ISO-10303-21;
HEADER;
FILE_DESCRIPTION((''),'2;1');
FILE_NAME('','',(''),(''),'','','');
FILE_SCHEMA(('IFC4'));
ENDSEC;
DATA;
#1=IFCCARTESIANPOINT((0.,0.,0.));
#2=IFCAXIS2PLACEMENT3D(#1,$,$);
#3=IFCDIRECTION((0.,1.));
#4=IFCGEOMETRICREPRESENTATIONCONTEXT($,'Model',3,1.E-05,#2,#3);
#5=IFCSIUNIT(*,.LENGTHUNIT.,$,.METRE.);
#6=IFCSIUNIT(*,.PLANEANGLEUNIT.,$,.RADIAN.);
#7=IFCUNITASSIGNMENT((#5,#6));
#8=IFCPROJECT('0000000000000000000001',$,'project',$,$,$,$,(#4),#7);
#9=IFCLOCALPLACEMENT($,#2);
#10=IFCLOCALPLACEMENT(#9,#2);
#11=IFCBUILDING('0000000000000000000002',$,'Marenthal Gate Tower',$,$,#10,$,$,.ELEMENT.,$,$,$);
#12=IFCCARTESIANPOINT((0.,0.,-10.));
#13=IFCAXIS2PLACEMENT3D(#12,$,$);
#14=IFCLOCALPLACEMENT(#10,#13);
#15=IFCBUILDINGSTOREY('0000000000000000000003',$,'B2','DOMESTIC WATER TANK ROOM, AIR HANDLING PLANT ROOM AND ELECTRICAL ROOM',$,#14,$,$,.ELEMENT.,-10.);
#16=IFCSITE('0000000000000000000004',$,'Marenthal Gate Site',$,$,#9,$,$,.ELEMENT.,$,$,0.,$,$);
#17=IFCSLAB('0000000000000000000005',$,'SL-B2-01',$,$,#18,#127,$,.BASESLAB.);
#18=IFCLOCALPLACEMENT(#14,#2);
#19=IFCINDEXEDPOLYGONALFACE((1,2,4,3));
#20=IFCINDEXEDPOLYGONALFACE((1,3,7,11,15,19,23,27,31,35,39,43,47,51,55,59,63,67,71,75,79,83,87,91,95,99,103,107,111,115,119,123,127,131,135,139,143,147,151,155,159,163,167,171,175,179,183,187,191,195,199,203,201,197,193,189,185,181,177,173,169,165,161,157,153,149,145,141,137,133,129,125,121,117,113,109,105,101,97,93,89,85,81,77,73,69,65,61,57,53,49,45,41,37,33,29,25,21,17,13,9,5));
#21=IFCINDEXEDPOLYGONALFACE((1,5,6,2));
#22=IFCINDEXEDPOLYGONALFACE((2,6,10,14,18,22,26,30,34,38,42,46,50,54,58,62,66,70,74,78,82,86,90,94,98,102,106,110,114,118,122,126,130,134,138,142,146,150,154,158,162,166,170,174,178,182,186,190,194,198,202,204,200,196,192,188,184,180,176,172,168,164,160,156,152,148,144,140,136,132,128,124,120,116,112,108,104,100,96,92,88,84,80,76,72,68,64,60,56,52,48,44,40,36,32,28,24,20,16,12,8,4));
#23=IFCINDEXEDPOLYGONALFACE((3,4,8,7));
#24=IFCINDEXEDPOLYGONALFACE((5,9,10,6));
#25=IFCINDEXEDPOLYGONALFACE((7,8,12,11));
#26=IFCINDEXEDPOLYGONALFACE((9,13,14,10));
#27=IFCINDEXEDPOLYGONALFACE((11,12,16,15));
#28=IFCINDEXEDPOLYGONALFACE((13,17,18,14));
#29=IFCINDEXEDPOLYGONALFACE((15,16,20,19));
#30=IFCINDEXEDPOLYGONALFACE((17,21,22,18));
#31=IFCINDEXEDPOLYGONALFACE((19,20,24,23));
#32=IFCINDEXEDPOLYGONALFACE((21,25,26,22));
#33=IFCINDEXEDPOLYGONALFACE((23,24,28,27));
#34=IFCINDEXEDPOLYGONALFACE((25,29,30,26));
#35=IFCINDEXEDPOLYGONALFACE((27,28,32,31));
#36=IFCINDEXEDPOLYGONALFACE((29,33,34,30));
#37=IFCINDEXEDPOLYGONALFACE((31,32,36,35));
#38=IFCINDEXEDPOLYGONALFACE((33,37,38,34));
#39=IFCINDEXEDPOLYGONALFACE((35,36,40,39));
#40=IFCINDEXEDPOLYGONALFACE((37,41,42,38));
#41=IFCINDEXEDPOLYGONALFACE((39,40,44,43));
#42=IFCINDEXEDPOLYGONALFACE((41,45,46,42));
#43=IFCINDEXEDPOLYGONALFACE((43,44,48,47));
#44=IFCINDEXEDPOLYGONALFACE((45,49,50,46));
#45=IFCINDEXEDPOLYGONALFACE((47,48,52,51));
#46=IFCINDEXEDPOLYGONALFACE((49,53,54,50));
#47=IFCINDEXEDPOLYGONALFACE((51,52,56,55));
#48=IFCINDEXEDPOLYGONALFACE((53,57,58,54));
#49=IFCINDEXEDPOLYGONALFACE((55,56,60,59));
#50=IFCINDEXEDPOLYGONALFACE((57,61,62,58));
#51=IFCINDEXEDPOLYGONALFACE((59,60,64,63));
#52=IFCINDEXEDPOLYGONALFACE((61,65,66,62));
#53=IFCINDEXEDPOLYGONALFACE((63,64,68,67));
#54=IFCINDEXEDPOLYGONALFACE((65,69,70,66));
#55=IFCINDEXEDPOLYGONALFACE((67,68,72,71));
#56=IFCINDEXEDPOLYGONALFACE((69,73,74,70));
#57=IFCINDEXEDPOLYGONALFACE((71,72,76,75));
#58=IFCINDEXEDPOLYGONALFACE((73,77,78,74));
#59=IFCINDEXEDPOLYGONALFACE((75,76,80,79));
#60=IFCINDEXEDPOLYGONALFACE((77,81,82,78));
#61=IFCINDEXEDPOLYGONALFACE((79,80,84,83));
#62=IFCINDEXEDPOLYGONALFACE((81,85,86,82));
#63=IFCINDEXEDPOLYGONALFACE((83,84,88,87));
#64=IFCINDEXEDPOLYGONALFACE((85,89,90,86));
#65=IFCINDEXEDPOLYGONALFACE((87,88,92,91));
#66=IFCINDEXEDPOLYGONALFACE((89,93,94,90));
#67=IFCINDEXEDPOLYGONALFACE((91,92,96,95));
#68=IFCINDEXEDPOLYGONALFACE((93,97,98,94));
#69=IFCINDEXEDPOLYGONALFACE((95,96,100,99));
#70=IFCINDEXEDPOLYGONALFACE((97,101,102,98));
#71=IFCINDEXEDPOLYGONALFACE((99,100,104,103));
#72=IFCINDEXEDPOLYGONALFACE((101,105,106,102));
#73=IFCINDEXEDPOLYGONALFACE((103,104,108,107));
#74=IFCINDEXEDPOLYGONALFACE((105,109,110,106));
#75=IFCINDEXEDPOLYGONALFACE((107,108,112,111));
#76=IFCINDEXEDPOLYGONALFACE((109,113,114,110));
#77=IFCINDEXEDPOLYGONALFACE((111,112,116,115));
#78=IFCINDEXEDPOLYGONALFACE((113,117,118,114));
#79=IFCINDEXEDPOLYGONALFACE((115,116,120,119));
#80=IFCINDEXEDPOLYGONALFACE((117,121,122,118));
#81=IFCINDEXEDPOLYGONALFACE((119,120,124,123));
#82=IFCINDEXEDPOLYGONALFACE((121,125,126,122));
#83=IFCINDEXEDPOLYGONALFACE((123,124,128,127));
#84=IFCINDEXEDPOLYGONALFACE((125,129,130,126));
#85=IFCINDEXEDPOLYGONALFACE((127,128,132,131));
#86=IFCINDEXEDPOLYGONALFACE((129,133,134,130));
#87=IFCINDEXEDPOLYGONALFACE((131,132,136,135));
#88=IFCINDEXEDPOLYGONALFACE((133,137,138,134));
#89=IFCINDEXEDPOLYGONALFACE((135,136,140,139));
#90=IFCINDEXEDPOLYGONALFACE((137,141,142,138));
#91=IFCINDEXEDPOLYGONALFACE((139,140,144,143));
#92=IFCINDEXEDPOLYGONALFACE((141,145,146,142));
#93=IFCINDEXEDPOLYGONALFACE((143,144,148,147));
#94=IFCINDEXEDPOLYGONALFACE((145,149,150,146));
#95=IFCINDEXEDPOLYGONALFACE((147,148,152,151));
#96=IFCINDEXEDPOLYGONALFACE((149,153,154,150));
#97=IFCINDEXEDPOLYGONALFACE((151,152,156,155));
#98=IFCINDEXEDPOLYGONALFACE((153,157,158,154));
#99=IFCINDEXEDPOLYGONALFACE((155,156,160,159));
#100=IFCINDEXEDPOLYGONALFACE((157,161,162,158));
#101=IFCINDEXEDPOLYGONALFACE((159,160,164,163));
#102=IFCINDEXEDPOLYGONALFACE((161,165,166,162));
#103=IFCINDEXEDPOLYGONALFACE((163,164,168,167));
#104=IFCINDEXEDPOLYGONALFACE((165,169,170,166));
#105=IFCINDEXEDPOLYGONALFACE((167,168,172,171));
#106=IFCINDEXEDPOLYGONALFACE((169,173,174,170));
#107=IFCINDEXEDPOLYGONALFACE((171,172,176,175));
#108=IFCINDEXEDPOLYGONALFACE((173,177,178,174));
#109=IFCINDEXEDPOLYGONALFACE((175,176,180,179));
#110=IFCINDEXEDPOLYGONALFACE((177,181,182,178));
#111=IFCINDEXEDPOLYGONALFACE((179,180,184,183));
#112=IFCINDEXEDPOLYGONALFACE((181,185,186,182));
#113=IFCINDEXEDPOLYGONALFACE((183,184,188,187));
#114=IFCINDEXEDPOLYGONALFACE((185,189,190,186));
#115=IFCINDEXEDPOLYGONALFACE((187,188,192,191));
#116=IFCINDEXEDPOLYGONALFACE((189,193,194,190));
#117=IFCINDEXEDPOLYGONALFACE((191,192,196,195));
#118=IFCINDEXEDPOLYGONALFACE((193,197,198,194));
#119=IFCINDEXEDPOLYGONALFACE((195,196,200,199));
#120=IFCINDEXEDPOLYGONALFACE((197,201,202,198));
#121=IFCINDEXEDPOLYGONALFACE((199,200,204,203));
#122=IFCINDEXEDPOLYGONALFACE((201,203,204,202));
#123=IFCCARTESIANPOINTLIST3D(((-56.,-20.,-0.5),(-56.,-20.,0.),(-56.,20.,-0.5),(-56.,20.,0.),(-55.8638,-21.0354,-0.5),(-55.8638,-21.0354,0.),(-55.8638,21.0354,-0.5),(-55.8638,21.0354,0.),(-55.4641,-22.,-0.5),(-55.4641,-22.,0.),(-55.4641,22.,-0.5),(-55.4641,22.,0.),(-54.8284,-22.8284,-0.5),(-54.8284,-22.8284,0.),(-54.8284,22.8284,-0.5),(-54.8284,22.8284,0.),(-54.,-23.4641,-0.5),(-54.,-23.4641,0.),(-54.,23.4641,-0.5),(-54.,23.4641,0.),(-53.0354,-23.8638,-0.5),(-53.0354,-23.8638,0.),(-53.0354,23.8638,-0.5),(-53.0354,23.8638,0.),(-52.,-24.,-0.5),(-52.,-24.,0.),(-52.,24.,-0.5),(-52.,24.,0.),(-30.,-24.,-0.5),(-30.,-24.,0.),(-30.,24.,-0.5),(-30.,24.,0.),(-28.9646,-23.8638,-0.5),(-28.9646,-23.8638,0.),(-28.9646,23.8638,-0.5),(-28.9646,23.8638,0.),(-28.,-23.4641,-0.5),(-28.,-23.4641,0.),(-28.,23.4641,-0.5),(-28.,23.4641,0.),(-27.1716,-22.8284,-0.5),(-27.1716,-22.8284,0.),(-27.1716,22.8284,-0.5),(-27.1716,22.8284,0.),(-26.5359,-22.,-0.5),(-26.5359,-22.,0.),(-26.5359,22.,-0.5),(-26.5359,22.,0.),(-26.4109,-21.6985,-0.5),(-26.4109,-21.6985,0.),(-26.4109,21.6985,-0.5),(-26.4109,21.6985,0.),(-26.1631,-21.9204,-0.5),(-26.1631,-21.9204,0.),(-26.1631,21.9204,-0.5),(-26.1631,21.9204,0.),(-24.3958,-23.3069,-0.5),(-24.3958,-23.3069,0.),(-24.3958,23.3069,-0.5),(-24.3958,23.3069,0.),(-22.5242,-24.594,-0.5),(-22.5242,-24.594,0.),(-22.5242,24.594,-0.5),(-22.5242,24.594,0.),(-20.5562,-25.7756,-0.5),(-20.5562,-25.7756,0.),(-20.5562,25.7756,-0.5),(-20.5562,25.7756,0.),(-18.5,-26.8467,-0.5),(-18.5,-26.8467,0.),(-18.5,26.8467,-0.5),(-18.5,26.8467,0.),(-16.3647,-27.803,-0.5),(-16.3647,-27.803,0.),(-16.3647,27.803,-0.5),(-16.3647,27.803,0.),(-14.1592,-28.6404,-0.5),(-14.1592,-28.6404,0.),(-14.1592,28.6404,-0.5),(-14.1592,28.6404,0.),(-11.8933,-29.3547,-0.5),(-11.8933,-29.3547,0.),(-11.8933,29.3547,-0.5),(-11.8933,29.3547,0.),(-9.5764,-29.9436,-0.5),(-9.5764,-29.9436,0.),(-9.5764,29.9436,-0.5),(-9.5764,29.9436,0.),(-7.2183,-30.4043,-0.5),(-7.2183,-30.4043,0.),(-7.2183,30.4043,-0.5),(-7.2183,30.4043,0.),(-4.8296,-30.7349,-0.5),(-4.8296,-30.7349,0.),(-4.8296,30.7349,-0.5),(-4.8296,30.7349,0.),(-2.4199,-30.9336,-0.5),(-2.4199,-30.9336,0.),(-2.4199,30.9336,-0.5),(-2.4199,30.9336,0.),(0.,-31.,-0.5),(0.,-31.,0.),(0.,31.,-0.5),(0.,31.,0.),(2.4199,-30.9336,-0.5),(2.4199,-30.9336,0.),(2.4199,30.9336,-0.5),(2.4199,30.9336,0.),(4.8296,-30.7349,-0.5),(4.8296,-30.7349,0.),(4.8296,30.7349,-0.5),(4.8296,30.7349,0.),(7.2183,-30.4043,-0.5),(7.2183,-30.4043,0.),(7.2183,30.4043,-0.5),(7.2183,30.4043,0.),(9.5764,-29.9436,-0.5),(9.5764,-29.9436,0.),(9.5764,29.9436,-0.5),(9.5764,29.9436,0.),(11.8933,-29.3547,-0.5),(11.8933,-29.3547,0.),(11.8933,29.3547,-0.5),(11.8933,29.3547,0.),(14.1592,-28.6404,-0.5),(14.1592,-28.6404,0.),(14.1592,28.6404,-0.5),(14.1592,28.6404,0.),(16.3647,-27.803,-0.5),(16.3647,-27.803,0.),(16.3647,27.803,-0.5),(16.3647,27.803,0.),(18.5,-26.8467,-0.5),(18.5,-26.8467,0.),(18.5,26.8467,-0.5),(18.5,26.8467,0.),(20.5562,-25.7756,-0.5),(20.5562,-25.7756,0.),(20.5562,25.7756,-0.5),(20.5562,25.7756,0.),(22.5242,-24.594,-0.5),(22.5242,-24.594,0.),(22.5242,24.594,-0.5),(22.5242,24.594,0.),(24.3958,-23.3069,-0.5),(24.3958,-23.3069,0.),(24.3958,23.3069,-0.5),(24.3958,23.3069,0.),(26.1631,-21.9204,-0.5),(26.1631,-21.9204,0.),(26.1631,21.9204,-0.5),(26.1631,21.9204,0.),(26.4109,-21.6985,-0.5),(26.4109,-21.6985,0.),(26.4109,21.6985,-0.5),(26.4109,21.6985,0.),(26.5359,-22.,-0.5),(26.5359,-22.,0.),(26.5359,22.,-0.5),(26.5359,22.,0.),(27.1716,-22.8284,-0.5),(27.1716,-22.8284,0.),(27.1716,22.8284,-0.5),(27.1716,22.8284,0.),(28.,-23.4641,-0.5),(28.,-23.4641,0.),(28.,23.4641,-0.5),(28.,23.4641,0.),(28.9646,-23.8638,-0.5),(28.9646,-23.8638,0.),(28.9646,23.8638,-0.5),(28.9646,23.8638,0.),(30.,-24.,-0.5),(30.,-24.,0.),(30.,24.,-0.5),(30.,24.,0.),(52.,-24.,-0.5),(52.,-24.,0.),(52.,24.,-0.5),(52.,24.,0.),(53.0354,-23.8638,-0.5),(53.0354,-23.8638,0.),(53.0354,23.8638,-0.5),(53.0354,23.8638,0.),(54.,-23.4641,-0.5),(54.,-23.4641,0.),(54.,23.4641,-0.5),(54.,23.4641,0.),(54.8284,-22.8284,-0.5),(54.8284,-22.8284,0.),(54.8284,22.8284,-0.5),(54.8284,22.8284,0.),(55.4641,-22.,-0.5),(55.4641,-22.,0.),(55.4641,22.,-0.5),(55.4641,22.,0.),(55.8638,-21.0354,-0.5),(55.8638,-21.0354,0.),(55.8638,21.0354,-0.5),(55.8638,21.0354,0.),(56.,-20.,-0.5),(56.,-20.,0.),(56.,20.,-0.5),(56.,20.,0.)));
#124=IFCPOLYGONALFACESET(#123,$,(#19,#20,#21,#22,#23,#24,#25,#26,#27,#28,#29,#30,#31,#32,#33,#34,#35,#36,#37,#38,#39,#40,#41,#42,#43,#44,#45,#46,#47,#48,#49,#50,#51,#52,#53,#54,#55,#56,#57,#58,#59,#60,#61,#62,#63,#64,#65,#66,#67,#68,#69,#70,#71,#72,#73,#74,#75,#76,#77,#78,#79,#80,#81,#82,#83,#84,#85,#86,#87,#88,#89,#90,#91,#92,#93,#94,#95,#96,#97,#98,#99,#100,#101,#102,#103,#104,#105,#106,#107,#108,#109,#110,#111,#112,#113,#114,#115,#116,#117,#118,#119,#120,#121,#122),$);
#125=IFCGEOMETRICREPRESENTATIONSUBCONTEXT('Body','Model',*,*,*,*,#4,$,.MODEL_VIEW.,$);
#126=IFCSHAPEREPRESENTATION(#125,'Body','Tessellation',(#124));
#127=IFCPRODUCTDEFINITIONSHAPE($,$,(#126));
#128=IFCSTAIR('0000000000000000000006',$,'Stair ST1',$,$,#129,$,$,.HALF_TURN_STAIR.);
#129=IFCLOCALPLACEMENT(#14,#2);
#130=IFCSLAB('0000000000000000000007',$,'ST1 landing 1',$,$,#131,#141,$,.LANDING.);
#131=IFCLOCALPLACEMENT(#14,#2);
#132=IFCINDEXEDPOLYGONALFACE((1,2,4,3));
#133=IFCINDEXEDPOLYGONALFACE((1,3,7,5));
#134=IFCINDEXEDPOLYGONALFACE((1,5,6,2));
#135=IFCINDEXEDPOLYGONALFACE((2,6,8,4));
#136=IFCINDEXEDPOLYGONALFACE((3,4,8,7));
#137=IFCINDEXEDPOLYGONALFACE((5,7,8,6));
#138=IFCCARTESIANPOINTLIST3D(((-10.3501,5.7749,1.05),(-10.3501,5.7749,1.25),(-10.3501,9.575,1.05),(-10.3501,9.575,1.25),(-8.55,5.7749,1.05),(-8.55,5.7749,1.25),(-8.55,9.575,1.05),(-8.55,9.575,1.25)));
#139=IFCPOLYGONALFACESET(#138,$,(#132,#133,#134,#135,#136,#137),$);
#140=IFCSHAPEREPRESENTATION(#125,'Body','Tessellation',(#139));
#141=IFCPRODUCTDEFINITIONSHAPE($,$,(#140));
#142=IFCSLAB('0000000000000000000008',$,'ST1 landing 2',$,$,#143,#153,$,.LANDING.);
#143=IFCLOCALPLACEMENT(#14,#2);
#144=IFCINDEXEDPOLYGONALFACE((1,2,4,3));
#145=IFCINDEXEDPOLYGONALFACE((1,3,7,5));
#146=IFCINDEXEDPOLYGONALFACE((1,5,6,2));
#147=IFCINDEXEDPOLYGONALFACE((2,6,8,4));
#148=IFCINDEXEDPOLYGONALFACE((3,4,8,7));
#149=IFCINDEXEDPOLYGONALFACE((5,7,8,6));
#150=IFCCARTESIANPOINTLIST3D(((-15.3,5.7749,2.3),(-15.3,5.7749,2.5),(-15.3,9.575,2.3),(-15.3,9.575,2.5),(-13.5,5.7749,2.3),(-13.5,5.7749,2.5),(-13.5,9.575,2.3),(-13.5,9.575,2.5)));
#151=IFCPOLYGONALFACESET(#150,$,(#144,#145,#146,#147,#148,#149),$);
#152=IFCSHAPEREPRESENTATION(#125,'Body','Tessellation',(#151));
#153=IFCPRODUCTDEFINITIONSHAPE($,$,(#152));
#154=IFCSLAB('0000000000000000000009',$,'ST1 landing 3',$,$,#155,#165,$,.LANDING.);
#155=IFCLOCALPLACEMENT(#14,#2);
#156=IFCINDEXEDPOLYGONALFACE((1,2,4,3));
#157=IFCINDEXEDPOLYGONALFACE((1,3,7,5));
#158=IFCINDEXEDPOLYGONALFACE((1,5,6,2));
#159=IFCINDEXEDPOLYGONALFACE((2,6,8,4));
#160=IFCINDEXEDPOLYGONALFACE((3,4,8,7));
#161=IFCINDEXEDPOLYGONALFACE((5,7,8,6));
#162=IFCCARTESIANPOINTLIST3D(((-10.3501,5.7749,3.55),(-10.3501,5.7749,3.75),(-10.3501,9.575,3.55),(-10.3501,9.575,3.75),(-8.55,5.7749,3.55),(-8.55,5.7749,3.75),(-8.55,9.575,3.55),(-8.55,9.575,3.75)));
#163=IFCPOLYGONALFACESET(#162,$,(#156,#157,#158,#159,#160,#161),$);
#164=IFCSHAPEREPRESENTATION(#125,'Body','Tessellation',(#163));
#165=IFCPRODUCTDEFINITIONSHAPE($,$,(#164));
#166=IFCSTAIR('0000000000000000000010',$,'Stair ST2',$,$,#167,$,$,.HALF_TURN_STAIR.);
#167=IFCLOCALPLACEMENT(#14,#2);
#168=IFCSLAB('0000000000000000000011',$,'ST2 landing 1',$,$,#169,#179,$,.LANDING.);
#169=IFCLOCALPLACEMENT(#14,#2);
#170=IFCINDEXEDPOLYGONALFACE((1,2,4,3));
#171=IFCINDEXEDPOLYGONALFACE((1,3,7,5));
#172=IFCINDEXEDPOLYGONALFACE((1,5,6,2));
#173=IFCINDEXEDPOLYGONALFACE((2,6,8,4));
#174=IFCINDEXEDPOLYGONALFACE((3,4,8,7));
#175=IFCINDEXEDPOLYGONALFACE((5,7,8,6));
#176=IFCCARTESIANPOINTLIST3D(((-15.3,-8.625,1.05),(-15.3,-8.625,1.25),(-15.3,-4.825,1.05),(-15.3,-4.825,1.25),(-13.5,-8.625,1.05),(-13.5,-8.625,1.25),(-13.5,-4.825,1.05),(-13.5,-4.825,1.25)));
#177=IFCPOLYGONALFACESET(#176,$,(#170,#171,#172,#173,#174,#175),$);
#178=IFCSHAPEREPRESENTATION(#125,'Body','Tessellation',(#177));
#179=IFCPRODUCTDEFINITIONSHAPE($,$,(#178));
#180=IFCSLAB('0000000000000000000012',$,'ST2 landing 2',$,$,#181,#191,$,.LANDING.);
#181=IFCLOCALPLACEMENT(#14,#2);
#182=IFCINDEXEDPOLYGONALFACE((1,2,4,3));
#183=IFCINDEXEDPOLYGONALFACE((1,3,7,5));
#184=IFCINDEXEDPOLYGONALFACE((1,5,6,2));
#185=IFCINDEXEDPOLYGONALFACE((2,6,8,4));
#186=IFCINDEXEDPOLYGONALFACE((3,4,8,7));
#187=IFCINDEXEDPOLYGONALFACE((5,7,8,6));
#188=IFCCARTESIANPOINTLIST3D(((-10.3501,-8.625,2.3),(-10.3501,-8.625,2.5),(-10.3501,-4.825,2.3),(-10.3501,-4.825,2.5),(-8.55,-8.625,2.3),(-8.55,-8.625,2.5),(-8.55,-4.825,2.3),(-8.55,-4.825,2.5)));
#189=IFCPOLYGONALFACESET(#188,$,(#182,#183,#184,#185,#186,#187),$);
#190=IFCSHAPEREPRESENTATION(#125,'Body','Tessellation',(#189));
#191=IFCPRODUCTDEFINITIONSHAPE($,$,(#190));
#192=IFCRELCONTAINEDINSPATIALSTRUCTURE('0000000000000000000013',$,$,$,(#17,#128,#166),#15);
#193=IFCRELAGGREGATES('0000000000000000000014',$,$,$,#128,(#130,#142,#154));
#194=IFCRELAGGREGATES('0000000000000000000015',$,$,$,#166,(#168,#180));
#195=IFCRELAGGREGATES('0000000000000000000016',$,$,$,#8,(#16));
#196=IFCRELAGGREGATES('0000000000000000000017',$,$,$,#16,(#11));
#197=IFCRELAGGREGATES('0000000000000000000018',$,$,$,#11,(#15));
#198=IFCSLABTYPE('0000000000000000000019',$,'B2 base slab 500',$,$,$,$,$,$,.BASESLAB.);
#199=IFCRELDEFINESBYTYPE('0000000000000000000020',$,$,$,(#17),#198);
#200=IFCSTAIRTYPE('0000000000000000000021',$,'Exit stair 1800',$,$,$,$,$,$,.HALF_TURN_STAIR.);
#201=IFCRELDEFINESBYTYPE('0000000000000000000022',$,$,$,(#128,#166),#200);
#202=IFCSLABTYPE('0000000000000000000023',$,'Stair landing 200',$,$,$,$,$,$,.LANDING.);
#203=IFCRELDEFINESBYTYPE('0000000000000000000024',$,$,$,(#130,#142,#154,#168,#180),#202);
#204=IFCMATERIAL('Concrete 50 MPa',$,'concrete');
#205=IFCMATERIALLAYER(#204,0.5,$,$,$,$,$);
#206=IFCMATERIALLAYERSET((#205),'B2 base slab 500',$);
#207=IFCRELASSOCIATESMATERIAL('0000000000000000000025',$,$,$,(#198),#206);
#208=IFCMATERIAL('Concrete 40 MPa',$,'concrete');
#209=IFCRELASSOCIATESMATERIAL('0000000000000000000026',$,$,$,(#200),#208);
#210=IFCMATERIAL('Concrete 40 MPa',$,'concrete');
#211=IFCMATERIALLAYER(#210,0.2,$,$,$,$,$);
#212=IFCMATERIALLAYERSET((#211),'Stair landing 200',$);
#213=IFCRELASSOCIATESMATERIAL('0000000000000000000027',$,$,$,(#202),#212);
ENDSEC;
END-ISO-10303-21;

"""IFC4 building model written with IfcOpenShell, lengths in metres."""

from ifc_helpers import new_model, si_unit, direction, frame, origin, place, context, subcontext, project, spatial, polyline, outline, extrude, material, layer, layer_set, type_object, element, aggregate, save


model = new_model("IFC4")

# Units and contexts
model_context = context("Model", 3, precision=1e-05, world=origin(), true_north=direction((0.0, 1.0)))
body_context = subcontext(model_context, "Body", "Model", "MODEL_VIEW")
ifc_project = project(units=[si_unit("LENGTHUNIT", "METRE"), si_unit("PLANEANGLEUNIT", "RADIAN")], contexts=[model_context])

# Site, building, storey
site_placement = place(None, origin())
site = spatial("IfcSite", under=ifc_project, at=site_placement, Name="Marenthal Gate Site", CompositionType="ELEMENT", RefElevation=0.0)
building_placement = place(site_placement, origin())
building = spatial("IfcBuilding", under=site, at=building_placement, Name="Marenthal Gate Tower", CompositionType="ELEMENT")
storey_placement = place(building_placement, frame((0.0, 0.0, -10.0)))
storey = spatial("IfcBuildingStorey", under=building, at=storey_placement, Name="B2", Description="DOMESTIC WATER TANK ROOM, AIR HANDLING PLANT ROOM AND ELECTRICAL ROOM", CompositionType="ELEMENT", Elevation=-10.0)

# Slab
ifc_material_1 = material(Name="Concrete 50 MPa", Category="concrete")
ifc_layer_1 = layer(ifc_material_1, 0.5)
ifc_layer_set_1 = layer_set([ifc_layer_1], Name="B2 base slab 500")
slab_type_1 = type_object("IfcSlabType", Name="B2 base slab 500", PredefinedType="BASESLAB", material=ifc_layer_set_1)
slab_1_placement = place(storey_placement, frame((0.0, 0.0, -0.5)))
element("IfcSlab", 1, at=slab_1_placement, inside=storey, type_object=slab_type_1, Name="SL-B2-01", PredefinedType="BASESLAB", context=body_context, shape_type="SweptSolid", body=[
    extrude(outline(polyline([(-26.5359, -22.0), (-26.4109, -21.6985), (-26.1631, -21.9204), (-24.3958, -23.3069), (-22.5242, -24.594), (-20.5562, -25.7756), (-18.5, -26.8467), (-16.3647, -27.803), (-14.1592, -28.6404), (-11.8933, -29.3547), (-9.5764, -29.9436), (-7.2183, -30.4043), (-4.8296, -30.7349), (-2.4199, -30.9336), (0.0, -31.0), (2.4199, -30.9336), (4.8296, -30.7349), (7.2183, -30.4043), (9.5764, -29.9436), (11.8933, -29.3547), (14.1592, -28.6404), (16.3647, -27.803), (18.5, -26.8467), (20.5562, -25.7756), (22.5242, -24.594), (24.3958, -23.3069), (26.1631, -21.9204), (26.4109, -21.6985), (26.5359, -22.0), (27.1716, -22.8284), (28.0, -23.4641), (28.9646, -23.8638), (30.0, -24.0), (52.0, -24.0), (53.0354, -23.8638), (54.0, -23.4641), (54.8284, -22.8284), (55.4641, -22.0), (55.8638, -21.0354), (56.0, -20.0), (56.0, 20.0), (55.8638, 21.0354), (55.4641, 22.0), (54.8284, 22.8284), (54.0, 23.4641), (53.0354, 23.8638), (52.0, 24.0), (30.0, 24.0), (28.9646, 23.8638), (28.0, 23.4641), (27.1716, 22.8284), (26.5359, 22.0), (26.4109, 21.6985), (26.1631, 21.9204), (24.3958, 23.3069), (22.5242, 24.594), (20.5562, 25.7756), (18.5, 26.8467), (16.3647, 27.803), (14.1592, 28.6404), (11.8933, 29.3547), (9.5764, 29.9436), (7.2183, 30.4043), (4.8296, 30.7349), (2.4199, 30.9336), (0.0, 31.0), (-2.4199, 30.9336), (-4.8296, 30.7349), (-7.2183, 30.4043), (-9.5764, 29.9436), (-11.8933, 29.3547), (-14.1592, 28.6404), (-16.3647, 27.803), (-18.5, 26.8467), (-20.5562, 25.7756), (-22.5242, 24.594), (-24.3958, 23.3069), (-26.1631, 21.9204), (-26.4109, 21.6985), (-26.5359, 22.0), (-27.1716, 22.8284), (-28.0, 23.4641), (-28.9646, 23.8638), (-30.0, 24.0), (-52.0, 24.0), (-53.0354, 23.8638), (-54.0, 23.4641), (-54.8284, 22.8284), (-55.4641, 22.0), (-55.8638, 21.0354), (-56.0, 20.0), (-56.0, -20.0), (-55.8638, -21.0354), (-55.4641, -22.0), (-54.8284, -22.8284), (-54.0, -23.4641), (-53.0354, -23.8638), (-52.0, -24.0), (-30.0, -24.0), (-28.9646, -23.8638), (-28.0, -23.4641), (-27.1716, -22.8284), (-26.5359, -22.0)])), origin(), (0.0, 0.0, 1.0), 0.5),
])

# Stairs, slabs
ifc_material_2 = material(Name="Concrete 40 MPa", Category="concrete")
stair_type = type_object("IfcStairType", Name="Exit stair 1800", PredefinedType="HALF_TURN_STAIR", material=ifc_material_2)
stair_1_placement = place(storey_placement, origin())
stair_1 = element("IfcStair", 2, at=stair_1_placement, inside=storey, type_object=stair_type, Name="Stair ST1", PredefinedType="HALF_TURN_STAIR")
ifc_material_3 = material(Name="Concrete 40 MPa", Category="concrete")
ifc_layer_2 = layer(ifc_material_3, 0.2)
ifc_layer_set_2 = layer_set([ifc_layer_2], Name="Stair landing 200")
slab_type_2 = type_object("IfcSlabType", Name="Stair landing 200", PredefinedType="LANDING", material=ifc_layer_set_2)
slab_2_placement = place(storey_placement, frame((0.0, 0.0, 1.05)))
slab_2 = element("IfcSlab", 3, at=slab_2_placement, type_object=slab_type_2, Name="ST1 landing 1", PredefinedType="LANDING", context=body_context, shape_type="SweptSolid", body=[
    extrude(outline(polyline([(-10.3501, 5.7749), (-8.55, 5.7749), (-8.55, 9.575), (-10.3501, 9.575), (-10.3501, 5.7749)])), origin(), (0.0, 0.0, 1.0), 0.2),
])
slab_3_placement = place(storey_placement, frame((0.0, 0.0, 2.3)))
slab_3 = element("IfcSlab", 4, at=slab_3_placement, type_object=slab_type_2, Name="ST1 landing 2", PredefinedType="LANDING", context=body_context, shape_type="SweptSolid", body=[
    extrude(outline(polyline([(-15.3, 5.7749), (-13.5, 5.7749), (-13.5, 9.575), (-15.3, 9.575), (-15.3, 5.7749)])), origin(), (0.0, 0.0, 1.0), 0.2),
])
slab_4_placement = place(storey_placement, frame((0.0, 0.0, 3.55)))
slab_4 = element("IfcSlab", 5, at=slab_4_placement, type_object=slab_type_2, Name="ST1 landing 3", PredefinedType="LANDING", context=body_context, shape_type="SweptSolid", body=[
    extrude(outline(polyline([(-10.3501, 5.7749), (-8.55, 5.7749), (-8.55, 9.575), (-10.3501, 9.575), (-10.3501, 5.7749)])), origin(), (0.0, 0.0, 1.0), 0.2),
])
aggregate(stair_1, [slab_2, slab_3, slab_4])
stair_2_placement = place(storey_placement, origin())
stair_2 = element("IfcStair", 6, at=stair_2_placement, inside=storey, type_object=stair_type, Name="Stair ST2", PredefinedType="HALF_TURN_STAIR")
slab_5_placement = place(storey_placement, frame((0.0, 0.0, 1.05)))
slab_5 = element("IfcSlab", 7, at=slab_5_placement, type_object=slab_type_2, Name="ST2 landing 1", PredefinedType="LANDING", context=body_context, shape_type="SweptSolid", body=[
    extrude(outline(polyline([(-15.3, -8.625), (-13.5, -8.625), (-13.5, -4.825), (-15.3, -4.825), (-15.3, -8.625)])), origin(), (0.0, 0.0, 1.0), 0.2),
])
slab_6_placement = place(storey_placement, frame((0.0, 0.0, 2.3)))
slab_6 = element("IfcSlab", 8, at=slab_6_placement, type_object=slab_type_2, Name="ST2 landing 2", PredefinedType="LANDING", context=body_context, shape_type="SweptSolid", body=[
    extrude(outline(polyline([(-10.3501, -8.625), (-8.55, -8.625), (-8.55, -4.825), (-10.3501, -4.825), (-10.3501, -8.625)])), origin(), (0.0, 0.0, 1.0), 0.2),
])
aggregate(stair_2, [slab_5, slab_6])

save(model, "model.ifc")
